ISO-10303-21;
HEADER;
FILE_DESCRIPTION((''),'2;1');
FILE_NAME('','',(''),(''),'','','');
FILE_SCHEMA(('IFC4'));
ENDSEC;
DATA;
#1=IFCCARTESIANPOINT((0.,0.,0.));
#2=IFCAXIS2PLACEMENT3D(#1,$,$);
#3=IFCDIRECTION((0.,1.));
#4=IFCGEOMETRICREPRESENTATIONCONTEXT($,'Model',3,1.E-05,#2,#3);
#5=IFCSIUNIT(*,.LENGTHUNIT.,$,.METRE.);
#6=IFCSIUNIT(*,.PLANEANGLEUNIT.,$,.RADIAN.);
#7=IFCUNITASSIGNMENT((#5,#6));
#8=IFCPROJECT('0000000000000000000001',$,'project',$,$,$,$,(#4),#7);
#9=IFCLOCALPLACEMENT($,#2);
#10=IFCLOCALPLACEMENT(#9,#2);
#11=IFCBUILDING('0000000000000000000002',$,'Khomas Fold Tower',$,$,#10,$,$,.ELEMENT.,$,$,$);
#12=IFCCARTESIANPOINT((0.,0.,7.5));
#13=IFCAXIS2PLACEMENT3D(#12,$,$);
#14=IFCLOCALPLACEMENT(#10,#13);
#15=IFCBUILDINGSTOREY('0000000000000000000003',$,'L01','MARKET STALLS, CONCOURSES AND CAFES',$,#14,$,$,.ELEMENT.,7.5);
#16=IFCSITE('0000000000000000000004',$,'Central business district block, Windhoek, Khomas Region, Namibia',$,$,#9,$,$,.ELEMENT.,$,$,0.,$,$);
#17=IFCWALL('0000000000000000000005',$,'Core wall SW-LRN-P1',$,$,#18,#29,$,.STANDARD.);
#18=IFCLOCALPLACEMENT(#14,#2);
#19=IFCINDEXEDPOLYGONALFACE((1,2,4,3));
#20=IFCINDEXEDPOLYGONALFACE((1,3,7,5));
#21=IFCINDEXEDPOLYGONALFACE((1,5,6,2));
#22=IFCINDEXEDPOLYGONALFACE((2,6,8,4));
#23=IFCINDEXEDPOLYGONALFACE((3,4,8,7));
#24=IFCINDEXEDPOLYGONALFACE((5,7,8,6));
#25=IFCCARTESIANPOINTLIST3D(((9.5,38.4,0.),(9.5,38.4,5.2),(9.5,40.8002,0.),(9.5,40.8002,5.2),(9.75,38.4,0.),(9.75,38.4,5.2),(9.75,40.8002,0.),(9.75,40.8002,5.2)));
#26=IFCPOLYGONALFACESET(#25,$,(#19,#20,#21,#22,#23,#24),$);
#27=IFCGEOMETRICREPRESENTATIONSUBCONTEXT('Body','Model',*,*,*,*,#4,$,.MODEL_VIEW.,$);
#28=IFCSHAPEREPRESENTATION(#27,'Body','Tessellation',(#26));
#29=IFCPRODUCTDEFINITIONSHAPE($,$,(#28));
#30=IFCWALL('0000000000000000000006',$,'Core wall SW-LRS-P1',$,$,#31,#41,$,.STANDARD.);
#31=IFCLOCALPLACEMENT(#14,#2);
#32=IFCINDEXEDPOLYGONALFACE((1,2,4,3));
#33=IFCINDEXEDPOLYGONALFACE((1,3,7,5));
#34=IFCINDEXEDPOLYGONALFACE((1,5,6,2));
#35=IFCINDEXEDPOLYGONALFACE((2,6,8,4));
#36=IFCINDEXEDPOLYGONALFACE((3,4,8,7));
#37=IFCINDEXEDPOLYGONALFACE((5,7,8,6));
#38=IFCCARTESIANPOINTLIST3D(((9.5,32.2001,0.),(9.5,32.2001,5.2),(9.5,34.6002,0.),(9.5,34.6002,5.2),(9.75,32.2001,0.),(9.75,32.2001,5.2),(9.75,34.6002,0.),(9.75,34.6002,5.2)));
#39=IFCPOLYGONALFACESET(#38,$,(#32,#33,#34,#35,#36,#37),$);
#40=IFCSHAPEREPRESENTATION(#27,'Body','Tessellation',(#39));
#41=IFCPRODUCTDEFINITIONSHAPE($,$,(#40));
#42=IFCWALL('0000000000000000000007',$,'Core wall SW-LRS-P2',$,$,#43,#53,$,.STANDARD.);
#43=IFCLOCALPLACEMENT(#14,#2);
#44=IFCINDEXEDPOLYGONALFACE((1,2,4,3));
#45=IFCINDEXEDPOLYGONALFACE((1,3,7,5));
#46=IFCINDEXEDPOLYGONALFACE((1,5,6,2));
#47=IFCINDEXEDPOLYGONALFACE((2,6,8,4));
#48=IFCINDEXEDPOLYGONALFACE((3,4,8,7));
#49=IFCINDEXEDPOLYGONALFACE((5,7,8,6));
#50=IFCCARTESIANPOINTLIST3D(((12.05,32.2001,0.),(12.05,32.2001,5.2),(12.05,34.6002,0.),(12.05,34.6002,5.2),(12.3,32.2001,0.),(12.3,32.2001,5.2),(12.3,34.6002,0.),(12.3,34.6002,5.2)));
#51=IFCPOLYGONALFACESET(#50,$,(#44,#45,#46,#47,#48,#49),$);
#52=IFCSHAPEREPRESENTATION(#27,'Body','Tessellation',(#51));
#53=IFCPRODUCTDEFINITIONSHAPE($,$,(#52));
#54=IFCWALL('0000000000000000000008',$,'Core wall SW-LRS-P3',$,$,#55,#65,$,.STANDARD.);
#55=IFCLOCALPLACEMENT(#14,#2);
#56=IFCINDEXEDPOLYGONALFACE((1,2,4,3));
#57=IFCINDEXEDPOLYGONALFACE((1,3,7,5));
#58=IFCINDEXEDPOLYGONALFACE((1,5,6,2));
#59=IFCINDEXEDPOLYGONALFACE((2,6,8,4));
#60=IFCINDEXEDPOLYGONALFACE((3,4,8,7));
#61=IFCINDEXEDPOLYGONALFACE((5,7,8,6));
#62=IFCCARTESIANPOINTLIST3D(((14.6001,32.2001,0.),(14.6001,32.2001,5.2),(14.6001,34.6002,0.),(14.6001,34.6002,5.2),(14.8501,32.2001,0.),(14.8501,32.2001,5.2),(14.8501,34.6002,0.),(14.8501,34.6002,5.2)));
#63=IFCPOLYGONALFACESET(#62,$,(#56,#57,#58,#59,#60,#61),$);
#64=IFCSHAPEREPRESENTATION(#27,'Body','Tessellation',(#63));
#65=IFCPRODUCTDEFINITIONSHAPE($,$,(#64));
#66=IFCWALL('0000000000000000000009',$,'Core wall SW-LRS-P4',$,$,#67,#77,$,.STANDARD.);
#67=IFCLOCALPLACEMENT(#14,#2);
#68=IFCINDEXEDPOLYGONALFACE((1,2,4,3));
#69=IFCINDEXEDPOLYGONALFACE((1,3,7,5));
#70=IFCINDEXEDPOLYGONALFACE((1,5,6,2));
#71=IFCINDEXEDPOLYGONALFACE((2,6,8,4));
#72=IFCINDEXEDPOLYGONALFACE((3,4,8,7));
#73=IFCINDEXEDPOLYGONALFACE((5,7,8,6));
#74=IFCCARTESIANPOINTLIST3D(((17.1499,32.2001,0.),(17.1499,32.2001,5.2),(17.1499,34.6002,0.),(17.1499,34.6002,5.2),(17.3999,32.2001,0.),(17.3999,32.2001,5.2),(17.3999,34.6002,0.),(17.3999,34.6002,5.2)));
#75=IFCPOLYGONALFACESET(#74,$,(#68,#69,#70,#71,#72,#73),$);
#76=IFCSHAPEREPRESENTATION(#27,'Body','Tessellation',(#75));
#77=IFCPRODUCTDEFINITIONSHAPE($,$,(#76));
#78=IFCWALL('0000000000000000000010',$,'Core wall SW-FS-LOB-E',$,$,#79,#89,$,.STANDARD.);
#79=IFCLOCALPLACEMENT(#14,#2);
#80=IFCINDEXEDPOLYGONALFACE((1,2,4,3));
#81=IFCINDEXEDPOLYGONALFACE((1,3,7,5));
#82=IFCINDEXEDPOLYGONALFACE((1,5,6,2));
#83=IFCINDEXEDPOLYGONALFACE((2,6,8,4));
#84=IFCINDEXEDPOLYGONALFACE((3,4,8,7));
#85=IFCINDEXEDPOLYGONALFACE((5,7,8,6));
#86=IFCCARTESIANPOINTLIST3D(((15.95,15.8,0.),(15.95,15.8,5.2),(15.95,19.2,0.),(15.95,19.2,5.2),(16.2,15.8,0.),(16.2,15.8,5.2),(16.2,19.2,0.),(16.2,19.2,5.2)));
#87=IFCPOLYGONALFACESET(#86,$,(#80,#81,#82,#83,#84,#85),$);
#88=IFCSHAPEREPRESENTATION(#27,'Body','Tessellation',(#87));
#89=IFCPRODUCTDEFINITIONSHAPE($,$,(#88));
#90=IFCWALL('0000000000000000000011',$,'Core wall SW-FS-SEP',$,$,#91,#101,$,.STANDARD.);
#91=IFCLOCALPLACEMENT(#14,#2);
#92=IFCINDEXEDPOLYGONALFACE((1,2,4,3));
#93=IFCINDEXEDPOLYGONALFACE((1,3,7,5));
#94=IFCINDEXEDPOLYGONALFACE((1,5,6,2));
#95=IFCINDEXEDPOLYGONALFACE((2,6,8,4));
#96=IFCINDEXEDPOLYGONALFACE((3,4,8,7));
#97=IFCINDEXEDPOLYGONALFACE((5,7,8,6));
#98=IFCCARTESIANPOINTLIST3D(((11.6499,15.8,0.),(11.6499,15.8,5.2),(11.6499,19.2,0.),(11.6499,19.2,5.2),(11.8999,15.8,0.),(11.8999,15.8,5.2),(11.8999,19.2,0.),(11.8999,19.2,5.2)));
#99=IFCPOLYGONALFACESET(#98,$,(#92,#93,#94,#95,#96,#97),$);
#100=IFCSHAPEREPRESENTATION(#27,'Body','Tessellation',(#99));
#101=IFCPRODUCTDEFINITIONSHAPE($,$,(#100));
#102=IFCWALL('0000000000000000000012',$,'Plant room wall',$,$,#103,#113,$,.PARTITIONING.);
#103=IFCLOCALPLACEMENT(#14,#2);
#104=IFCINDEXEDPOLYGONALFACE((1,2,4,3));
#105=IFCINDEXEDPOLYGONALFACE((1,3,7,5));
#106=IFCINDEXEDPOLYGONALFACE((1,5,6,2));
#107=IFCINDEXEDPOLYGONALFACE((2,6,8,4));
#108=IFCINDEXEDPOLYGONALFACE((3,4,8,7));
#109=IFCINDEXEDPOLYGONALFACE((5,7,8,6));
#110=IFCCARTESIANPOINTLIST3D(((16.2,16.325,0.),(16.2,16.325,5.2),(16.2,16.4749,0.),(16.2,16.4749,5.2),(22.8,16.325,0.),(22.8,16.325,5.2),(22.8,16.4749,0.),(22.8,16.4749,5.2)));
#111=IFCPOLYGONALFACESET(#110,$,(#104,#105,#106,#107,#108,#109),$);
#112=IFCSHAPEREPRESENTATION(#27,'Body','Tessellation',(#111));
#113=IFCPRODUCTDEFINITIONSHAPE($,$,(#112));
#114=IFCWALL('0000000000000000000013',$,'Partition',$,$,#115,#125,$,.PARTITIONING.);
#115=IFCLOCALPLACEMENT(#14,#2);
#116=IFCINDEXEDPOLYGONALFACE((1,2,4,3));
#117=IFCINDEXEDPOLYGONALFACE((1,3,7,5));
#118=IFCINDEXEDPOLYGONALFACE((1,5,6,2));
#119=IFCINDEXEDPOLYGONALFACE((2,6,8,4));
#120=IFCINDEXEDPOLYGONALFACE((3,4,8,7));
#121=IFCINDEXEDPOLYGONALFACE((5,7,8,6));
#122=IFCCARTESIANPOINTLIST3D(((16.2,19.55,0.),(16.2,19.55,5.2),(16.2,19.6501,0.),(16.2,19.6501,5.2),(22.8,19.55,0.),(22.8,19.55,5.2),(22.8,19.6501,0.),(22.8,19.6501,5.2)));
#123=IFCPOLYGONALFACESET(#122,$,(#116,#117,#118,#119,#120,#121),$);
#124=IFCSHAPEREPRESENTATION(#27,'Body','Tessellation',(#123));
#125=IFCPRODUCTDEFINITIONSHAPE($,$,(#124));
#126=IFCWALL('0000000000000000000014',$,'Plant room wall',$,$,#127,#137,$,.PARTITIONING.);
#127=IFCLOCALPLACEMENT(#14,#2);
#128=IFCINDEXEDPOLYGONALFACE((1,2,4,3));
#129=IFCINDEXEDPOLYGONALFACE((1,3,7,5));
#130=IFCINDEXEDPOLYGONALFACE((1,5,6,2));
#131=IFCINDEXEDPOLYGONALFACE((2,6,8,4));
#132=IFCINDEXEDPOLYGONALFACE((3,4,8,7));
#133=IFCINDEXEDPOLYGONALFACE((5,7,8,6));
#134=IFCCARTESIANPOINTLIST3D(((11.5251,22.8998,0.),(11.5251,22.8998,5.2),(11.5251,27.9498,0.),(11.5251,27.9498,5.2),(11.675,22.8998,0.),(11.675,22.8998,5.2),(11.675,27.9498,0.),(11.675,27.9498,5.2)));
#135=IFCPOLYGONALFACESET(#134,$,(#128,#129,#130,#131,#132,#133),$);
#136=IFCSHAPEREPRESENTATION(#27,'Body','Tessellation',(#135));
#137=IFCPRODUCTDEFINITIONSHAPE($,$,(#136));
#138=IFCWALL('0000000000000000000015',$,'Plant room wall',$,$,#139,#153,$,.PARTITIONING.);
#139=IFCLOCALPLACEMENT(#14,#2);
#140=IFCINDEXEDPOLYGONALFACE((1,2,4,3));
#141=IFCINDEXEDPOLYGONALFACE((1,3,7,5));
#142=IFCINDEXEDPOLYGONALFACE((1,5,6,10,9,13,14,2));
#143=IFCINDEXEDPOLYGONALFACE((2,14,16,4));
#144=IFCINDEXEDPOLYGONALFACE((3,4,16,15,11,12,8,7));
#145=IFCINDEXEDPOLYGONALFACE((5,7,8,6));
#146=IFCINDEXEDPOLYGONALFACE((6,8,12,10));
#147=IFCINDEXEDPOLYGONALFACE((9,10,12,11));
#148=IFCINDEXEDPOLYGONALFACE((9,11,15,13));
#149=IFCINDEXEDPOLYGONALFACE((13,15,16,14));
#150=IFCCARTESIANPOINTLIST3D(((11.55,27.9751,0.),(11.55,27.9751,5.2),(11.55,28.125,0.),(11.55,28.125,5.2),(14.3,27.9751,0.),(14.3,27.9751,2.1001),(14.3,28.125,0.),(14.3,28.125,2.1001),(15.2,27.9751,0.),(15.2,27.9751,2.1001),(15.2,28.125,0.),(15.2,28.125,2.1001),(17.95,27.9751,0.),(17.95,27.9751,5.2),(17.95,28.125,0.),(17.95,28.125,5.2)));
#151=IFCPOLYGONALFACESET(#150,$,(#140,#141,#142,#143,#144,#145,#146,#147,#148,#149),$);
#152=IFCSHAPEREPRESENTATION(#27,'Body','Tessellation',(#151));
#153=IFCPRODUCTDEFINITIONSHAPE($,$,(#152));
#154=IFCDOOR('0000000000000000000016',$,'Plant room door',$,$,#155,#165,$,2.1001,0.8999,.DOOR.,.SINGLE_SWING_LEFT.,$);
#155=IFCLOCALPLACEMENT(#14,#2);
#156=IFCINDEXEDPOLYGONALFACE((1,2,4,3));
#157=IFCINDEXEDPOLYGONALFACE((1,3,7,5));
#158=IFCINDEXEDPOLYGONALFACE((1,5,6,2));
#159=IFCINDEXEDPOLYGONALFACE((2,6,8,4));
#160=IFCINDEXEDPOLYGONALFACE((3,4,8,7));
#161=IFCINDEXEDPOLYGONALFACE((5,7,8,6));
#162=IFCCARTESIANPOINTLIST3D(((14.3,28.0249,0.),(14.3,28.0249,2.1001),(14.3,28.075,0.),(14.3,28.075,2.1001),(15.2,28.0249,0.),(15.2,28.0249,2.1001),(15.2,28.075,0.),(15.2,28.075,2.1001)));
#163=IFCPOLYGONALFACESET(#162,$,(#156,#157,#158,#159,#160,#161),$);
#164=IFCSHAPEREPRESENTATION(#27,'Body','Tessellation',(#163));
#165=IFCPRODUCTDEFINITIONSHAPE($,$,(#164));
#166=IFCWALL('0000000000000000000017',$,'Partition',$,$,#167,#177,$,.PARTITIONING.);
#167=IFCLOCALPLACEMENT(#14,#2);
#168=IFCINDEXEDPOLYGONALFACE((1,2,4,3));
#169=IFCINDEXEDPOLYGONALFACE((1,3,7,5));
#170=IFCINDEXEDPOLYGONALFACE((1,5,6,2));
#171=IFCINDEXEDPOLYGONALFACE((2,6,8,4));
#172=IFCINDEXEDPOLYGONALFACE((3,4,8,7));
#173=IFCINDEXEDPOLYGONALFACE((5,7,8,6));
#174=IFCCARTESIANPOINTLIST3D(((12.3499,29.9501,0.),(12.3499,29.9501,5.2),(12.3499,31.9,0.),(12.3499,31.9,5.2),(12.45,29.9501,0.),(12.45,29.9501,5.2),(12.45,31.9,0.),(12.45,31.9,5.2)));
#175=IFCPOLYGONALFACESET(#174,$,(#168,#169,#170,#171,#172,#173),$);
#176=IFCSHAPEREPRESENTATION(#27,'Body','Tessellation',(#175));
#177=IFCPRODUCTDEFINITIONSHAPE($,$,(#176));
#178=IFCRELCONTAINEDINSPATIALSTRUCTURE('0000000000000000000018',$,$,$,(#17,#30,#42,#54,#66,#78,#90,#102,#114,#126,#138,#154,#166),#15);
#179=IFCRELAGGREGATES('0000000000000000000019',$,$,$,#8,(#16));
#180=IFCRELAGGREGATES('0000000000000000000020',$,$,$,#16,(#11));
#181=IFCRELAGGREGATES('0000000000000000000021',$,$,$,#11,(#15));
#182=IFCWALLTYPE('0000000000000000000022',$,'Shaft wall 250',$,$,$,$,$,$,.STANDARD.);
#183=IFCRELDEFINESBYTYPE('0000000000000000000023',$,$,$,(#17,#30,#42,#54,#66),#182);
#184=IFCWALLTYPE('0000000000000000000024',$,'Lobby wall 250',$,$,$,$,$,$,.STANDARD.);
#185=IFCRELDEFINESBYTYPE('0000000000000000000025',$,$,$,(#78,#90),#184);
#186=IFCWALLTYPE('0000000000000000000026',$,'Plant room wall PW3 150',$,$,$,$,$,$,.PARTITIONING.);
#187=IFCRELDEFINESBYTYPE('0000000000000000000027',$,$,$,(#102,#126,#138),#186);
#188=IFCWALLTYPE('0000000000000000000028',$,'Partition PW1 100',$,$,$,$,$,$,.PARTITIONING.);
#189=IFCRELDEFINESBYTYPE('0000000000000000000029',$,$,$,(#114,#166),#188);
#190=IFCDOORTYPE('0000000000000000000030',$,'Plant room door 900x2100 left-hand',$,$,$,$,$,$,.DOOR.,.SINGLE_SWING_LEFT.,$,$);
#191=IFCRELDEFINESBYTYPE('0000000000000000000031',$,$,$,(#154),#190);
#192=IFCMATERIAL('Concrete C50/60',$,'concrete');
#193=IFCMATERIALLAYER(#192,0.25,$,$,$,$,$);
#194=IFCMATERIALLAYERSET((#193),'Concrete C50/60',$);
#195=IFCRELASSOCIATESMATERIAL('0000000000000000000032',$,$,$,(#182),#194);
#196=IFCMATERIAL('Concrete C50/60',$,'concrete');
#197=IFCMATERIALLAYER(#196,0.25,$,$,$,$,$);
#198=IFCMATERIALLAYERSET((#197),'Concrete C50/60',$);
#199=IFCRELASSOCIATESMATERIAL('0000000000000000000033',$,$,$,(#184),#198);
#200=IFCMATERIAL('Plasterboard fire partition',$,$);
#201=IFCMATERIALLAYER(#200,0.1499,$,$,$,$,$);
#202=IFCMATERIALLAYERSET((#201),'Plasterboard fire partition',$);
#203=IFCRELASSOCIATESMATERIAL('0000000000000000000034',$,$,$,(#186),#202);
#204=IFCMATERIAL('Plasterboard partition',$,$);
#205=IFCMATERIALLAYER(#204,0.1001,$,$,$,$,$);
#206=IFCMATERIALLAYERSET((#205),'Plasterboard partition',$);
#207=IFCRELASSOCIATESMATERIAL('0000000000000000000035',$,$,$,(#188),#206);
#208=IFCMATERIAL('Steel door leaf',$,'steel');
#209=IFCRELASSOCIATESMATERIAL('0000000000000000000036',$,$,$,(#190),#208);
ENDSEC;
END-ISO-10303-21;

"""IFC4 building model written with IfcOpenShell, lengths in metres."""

from ifc_helpers import new_model, si_unit, direction, frame, frame_2d, origin, place, context, subcontext, project, spatial, rectangle, extrude, source, transform, mapped, material, layer, layer_set, type_object, element, fill, save


model = new_model("IFC4")

# Units and contexts
model_context = context("Model", 3, precision=1e-05, world=origin(), true_north=direction((0.0, 1.0)))
body_context = subcontext(model_context, "Body", "Model", "MODEL_VIEW")
ifc_project = project(units=[si_unit("LENGTHUNIT", "METRE"), si_unit("PLANEANGLEUNIT", "RADIAN")], contexts=[model_context])

# Site, building, storey
site_placement = place(None, origin())
site = spatial("IfcSite", under=ifc_project, at=site_placement, Name="Central business district block, Windhoek, Khomas Region, Namibia", CompositionType="ELEMENT", RefElevation=0.0)
building_placement = place(site_placement, origin())
building = spatial("IfcBuilding", under=site, at=building_placement, Name="Khomas Fold Tower", CompositionType="ELEMENT")
storey_placement = place(building_placement, frame((0.0, 0.0, 7.5)))
storey = spatial("IfcBuildingStorey", under=building, at=storey_placement, Name="L01", Description="MARKET STALLS, CONCOURSES AND CAFES", CompositionType="ELEMENT", Elevation=7.5)

# Walls
ifc_material_1 = material(Name="Concrete C50/60", Category="concrete")
ifc_layer_1 = layer(ifc_material_1, 0.25)
ifc_layer_set_1 = layer_set([ifc_layer_1], Name="Concrete C50/60")
wall_type_1 = type_object("IfcWallType", Name="Shaft wall 250", PredefinedType="STANDARD", material=ifc_layer_set_1)
shared_shape_1 = source(origin(), body_context, "Body", "SweptSolid", [
    extrude(rectangle(XDim=2.4001, YDim=0.25, at=frame_2d((1.2002, 0.0))), origin(), (0.0, 0.0, 1.0), 5.2),
])
for number, where, z_axis, x_axis, name in (
    (1, (9.625, 38.3999, 0.0), (0.0, 0.0, 1.0), (0.0, 1.0, 0.0), "Core wall SW-LRN-P1"),
    (2, (9.625, 32.2, 0.0), (0.0, 0.0, 1.0), (0.0, 1.0, 0.0), "Core wall SW-LRS-P1"),
    (3, (12.175, 32.2, 0.0), (0.0, 0.0, 1.0), (0.0, 1.0, 0.0), "Core wall SW-LRS-P2"),
    (4, (14.7251, 32.2, 0.0), (0.0, 0.0, 1.0), (0.0, 1.0, 0.0), "Core wall SW-LRS-P3"),
    (5, (17.2749, 32.2, 0.0), (0.0, 0.0, 1.0), (0.0, 1.0, 0.0), "Core wall SW-LRS-P4"),
):
    element("IfcWall", number, at=place(storey_placement, frame(where, z_axis=z_axis, x_axis=x_axis)), inside=storey, type_object=wall_type_1, Name=name, PredefinedType="STANDARD", context=body_context, shape_type="MappedRepresentation", body=[
        mapped(shared_shape_1, transform((0.0, 0.0, 0.0))),
    ])
ifc_material_2 = material(Name="Concrete C50/60", Category="concrete")
ifc_layer_2 = layer(ifc_material_2, 0.25)
ifc_layer_set_2 = layer_set([ifc_layer_2], Name="Concrete C50/60")
wall_type_2 = type_object("IfcWallType", Name="Lobby wall 250", PredefinedType="STANDARD", material=ifc_layer_set_2)
shared_shape_2 = source(origin(), body_context, "Body", "SweptSolid", [
    extrude(rectangle(XDim=3.3999, YDim=0.25, at=frame_2d((1.7, 0.0))), origin(), (0.0, 0.0, 1.0), 5.2),
])
for number, where, z_axis, x_axis, name in (
    (6, (16.075, 15.8, 0.0), (0.0, 0.0, 1.0), (0.0, 1.0, 0.0), "Core wall SW-FS-LOB-E"),
    (7, (11.7749, 15.8, 0.0), (0.0, 0.0, 1.0), (0.0, 1.0, 0.0), "Core wall SW-FS-SEP"),
):
    element("IfcWall", number, at=place(storey_placement, frame(where, z_axis=z_axis, x_axis=x_axis)), inside=storey, type_object=wall_type_2, Name=name, PredefinedType="STANDARD", context=body_context, shape_type="MappedRepresentation", body=[
        mapped(shared_shape_2, transform((0.0, 0.0, 0.0))),
    ])
ifc_material_3 = material(Name="Plasterboard fire partition")
ifc_layer_3 = layer(ifc_material_3, 0.1499)
ifc_layer_set_3 = layer_set([ifc_layer_3], Name="Plasterboard fire partition")
wall_type_3 = type_object("IfcWallType", Name="Plant room wall PW3 150", PredefinedType="PARTITIONING", material=ifc_layer_set_3)
shared_shape_3 = source(origin(), body_context, "Body", "SweptSolid", [
    extrude(rectangle(XDim=6.6001, YDim=0.1499, at=frame_2d((3.3, 0.0))), origin(), (0.0, 0.0, 1.0), 5.2),
])
wall_1_placement = place(storey_placement, frame((16.2, 16.3999, 0.0), z_axis=(0.0, 0.0, 1.0), x_axis=(1.0, 0.0, 0.0)))
element("IfcWall", 8, at=wall_1_placement, inside=storey, type_object=wall_type_3, Name="Plant room wall", PredefinedType="PARTITIONING", context=body_context, shape_type="MappedRepresentation", body=[
    mapped(shared_shape_3, transform((0.0, 0.0, 0.0))),
])
ifc_material_4 = material(Name="Plasterboard partition")
ifc_layer_4 = layer(ifc_material_4, 0.1001)
ifc_layer_set_4 = layer_set([ifc_layer_4], Name="Plasterboard partition")
wall_type_4 = type_object("IfcWallType", Name="Partition PW1 100", PredefinedType="PARTITIONING", material=ifc_layer_set_4)
shared_shape_4 = source(origin(), body_context, "Body", "SweptSolid", [
    extrude(rectangle(XDim=6.6001, YDim=0.1001, at=frame_2d((3.3, 0.0))), origin(), (0.0, 0.0, 1.0), 5.2),
])
wall_2_placement = place(storey_placement, frame((16.2, 19.6001, 0.0), z_axis=(0.0, 0.0, 1.0), x_axis=(1.0, 0.0, 0.0)))
element("IfcWall", 9, at=wall_2_placement, inside=storey, type_object=wall_type_4, Name="Partition", PredefinedType="PARTITIONING", context=body_context, shape_type="MappedRepresentation", body=[
    mapped(shared_shape_4, transform((0.0, 0.0, 0.0))),
])
shared_shape_5 = source(origin(), body_context, "Body", "SweptSolid", [
    extrude(rectangle(XDim=5.05, YDim=0.1499, at=frame_2d((2.5249, 0.0))), origin(), (0.0, 0.0, 1.0), 5.2),
])
wall_3_placement = place(storey_placement, frame((11.6001, 22.8999, 0.0), z_axis=(0.0, 0.0, 1.0), x_axis=(0.0, 1.0, 0.0)))
element("IfcWall", 10, at=wall_3_placement, inside=storey, type_object=wall_type_3, Name="Plant room wall", PredefinedType="PARTITIONING", context=body_context, shape_type="MappedRepresentation", body=[
    mapped(shared_shape_5, transform((0.0, 0.0, 0.0))),
])

# Wall, opening, door
shared_shape_6 = source(origin(), body_context, "Body", "SweptSolid", [
    extrude(rectangle(XDim=6.3999, YDim=0.1499, at=frame_2d((3.2, 0.0))), origin(), (0.0, 0.0, 1.0), 5.2),
])
wall_4_placement = place(storey_placement, frame((11.55, 28.05, 0.0), z_axis=(0.0, 0.0, 1.0), x_axis=(1.0, 0.0, 0.0)))
wall_4 = element("IfcWall", 11, at=wall_4_placement, inside=storey, type_object=wall_type_3, Name="Plant room wall", PredefinedType="PARTITIONING", context=body_context, shape_type="MappedRepresentation", body=[
    mapped(shared_shape_6, transform((0.0, 0.0, 0.0))),
])
shared_shape_7 = source(origin(), body_context, "Body", "SweptSolid", [
    extrude(rectangle(XDim=0.8999, YDim=2.1001, at=frame_2d((0.45, 1.05))), frame((0.0, 0.085, 0.0), z_axis=(0.0, -1.0, 0.0), x_axis=(1.0, 0.0, 0.0)), (0.0, 0.0, 1.0), 0.1699),
])
opening_1_placement = place(wall_4_placement, frame((2.75, 0.0, 0.0)))
opening_1 = element("IfcOpeningElement", 12, at=opening_1_placement, cuts=wall_4, PredefinedType="OPENING", context=body_context, shape_type="MappedRepresentation", body=[
    mapped(shared_shape_7, transform((0.0, 0.0, 0.0))),
])
ifc_material_5 = material(Name="Steel door leaf", Category="steel")
door_type_1 = type_object("IfcDoorType", Name="Plant room door 900x2100 left-hand", OperationType="SINGLE_SWING_LEFT", PredefinedType="DOOR", material=ifc_material_5)
shared_shape_8 = source(origin(), body_context, "Body", "SweptSolid", [
    extrude(rectangle(XDim=0.8999, YDim=2.1001, at=frame_2d((0.45, 1.05))), frame((0.0, 0.0249, 0.0), z_axis=(0.0, -1.0, 0.0), x_axis=(1.0, 0.0, 0.0)), (0.0, 0.0, 1.0), 0.05),
])
door_1_placement = place(opening_1_placement, origin())
door_1 = element("IfcDoor", 13, at=door_1_placement, inside=storey, type_object=door_type_1, Name="Plant room door", OperationType="SINGLE_SWING_LEFT", OverallHeight=2.1001, OverallWidth=0.8999, PredefinedType="DOOR", context=body_context, shape_type="MappedRepresentation", body=[
    mapped(shared_shape_8, transform((0.0, 0.0, 0.0))),
])
fill(opening_1, door_1)

# Wall
shared_shape_9 = source(origin(), body_context, "Body", "SweptSolid", [
    extrude(rectangle(XDim=1.95, YDim=0.1001, at=frame_2d((0.9751, 0.0))), origin(), (0.0, 0.0, 1.0), 5.2),
])
wall_5_placement = place(storey_placement, frame((12.3999, 29.95, 0.0), z_axis=(0.0, 0.0, 1.0), x_axis=(0.0, 1.0, 0.0)))
element("IfcWall", 14, at=wall_5_placement, inside=storey, type_object=wall_type_4, Name="Partition", PredefinedType="PARTITIONING", context=body_context, shape_type="MappedRepresentation", body=[
    mapped(shared_shape_9, transform((0.0, 0.0, 0.0))),
])

save(model, "model.ifc")
